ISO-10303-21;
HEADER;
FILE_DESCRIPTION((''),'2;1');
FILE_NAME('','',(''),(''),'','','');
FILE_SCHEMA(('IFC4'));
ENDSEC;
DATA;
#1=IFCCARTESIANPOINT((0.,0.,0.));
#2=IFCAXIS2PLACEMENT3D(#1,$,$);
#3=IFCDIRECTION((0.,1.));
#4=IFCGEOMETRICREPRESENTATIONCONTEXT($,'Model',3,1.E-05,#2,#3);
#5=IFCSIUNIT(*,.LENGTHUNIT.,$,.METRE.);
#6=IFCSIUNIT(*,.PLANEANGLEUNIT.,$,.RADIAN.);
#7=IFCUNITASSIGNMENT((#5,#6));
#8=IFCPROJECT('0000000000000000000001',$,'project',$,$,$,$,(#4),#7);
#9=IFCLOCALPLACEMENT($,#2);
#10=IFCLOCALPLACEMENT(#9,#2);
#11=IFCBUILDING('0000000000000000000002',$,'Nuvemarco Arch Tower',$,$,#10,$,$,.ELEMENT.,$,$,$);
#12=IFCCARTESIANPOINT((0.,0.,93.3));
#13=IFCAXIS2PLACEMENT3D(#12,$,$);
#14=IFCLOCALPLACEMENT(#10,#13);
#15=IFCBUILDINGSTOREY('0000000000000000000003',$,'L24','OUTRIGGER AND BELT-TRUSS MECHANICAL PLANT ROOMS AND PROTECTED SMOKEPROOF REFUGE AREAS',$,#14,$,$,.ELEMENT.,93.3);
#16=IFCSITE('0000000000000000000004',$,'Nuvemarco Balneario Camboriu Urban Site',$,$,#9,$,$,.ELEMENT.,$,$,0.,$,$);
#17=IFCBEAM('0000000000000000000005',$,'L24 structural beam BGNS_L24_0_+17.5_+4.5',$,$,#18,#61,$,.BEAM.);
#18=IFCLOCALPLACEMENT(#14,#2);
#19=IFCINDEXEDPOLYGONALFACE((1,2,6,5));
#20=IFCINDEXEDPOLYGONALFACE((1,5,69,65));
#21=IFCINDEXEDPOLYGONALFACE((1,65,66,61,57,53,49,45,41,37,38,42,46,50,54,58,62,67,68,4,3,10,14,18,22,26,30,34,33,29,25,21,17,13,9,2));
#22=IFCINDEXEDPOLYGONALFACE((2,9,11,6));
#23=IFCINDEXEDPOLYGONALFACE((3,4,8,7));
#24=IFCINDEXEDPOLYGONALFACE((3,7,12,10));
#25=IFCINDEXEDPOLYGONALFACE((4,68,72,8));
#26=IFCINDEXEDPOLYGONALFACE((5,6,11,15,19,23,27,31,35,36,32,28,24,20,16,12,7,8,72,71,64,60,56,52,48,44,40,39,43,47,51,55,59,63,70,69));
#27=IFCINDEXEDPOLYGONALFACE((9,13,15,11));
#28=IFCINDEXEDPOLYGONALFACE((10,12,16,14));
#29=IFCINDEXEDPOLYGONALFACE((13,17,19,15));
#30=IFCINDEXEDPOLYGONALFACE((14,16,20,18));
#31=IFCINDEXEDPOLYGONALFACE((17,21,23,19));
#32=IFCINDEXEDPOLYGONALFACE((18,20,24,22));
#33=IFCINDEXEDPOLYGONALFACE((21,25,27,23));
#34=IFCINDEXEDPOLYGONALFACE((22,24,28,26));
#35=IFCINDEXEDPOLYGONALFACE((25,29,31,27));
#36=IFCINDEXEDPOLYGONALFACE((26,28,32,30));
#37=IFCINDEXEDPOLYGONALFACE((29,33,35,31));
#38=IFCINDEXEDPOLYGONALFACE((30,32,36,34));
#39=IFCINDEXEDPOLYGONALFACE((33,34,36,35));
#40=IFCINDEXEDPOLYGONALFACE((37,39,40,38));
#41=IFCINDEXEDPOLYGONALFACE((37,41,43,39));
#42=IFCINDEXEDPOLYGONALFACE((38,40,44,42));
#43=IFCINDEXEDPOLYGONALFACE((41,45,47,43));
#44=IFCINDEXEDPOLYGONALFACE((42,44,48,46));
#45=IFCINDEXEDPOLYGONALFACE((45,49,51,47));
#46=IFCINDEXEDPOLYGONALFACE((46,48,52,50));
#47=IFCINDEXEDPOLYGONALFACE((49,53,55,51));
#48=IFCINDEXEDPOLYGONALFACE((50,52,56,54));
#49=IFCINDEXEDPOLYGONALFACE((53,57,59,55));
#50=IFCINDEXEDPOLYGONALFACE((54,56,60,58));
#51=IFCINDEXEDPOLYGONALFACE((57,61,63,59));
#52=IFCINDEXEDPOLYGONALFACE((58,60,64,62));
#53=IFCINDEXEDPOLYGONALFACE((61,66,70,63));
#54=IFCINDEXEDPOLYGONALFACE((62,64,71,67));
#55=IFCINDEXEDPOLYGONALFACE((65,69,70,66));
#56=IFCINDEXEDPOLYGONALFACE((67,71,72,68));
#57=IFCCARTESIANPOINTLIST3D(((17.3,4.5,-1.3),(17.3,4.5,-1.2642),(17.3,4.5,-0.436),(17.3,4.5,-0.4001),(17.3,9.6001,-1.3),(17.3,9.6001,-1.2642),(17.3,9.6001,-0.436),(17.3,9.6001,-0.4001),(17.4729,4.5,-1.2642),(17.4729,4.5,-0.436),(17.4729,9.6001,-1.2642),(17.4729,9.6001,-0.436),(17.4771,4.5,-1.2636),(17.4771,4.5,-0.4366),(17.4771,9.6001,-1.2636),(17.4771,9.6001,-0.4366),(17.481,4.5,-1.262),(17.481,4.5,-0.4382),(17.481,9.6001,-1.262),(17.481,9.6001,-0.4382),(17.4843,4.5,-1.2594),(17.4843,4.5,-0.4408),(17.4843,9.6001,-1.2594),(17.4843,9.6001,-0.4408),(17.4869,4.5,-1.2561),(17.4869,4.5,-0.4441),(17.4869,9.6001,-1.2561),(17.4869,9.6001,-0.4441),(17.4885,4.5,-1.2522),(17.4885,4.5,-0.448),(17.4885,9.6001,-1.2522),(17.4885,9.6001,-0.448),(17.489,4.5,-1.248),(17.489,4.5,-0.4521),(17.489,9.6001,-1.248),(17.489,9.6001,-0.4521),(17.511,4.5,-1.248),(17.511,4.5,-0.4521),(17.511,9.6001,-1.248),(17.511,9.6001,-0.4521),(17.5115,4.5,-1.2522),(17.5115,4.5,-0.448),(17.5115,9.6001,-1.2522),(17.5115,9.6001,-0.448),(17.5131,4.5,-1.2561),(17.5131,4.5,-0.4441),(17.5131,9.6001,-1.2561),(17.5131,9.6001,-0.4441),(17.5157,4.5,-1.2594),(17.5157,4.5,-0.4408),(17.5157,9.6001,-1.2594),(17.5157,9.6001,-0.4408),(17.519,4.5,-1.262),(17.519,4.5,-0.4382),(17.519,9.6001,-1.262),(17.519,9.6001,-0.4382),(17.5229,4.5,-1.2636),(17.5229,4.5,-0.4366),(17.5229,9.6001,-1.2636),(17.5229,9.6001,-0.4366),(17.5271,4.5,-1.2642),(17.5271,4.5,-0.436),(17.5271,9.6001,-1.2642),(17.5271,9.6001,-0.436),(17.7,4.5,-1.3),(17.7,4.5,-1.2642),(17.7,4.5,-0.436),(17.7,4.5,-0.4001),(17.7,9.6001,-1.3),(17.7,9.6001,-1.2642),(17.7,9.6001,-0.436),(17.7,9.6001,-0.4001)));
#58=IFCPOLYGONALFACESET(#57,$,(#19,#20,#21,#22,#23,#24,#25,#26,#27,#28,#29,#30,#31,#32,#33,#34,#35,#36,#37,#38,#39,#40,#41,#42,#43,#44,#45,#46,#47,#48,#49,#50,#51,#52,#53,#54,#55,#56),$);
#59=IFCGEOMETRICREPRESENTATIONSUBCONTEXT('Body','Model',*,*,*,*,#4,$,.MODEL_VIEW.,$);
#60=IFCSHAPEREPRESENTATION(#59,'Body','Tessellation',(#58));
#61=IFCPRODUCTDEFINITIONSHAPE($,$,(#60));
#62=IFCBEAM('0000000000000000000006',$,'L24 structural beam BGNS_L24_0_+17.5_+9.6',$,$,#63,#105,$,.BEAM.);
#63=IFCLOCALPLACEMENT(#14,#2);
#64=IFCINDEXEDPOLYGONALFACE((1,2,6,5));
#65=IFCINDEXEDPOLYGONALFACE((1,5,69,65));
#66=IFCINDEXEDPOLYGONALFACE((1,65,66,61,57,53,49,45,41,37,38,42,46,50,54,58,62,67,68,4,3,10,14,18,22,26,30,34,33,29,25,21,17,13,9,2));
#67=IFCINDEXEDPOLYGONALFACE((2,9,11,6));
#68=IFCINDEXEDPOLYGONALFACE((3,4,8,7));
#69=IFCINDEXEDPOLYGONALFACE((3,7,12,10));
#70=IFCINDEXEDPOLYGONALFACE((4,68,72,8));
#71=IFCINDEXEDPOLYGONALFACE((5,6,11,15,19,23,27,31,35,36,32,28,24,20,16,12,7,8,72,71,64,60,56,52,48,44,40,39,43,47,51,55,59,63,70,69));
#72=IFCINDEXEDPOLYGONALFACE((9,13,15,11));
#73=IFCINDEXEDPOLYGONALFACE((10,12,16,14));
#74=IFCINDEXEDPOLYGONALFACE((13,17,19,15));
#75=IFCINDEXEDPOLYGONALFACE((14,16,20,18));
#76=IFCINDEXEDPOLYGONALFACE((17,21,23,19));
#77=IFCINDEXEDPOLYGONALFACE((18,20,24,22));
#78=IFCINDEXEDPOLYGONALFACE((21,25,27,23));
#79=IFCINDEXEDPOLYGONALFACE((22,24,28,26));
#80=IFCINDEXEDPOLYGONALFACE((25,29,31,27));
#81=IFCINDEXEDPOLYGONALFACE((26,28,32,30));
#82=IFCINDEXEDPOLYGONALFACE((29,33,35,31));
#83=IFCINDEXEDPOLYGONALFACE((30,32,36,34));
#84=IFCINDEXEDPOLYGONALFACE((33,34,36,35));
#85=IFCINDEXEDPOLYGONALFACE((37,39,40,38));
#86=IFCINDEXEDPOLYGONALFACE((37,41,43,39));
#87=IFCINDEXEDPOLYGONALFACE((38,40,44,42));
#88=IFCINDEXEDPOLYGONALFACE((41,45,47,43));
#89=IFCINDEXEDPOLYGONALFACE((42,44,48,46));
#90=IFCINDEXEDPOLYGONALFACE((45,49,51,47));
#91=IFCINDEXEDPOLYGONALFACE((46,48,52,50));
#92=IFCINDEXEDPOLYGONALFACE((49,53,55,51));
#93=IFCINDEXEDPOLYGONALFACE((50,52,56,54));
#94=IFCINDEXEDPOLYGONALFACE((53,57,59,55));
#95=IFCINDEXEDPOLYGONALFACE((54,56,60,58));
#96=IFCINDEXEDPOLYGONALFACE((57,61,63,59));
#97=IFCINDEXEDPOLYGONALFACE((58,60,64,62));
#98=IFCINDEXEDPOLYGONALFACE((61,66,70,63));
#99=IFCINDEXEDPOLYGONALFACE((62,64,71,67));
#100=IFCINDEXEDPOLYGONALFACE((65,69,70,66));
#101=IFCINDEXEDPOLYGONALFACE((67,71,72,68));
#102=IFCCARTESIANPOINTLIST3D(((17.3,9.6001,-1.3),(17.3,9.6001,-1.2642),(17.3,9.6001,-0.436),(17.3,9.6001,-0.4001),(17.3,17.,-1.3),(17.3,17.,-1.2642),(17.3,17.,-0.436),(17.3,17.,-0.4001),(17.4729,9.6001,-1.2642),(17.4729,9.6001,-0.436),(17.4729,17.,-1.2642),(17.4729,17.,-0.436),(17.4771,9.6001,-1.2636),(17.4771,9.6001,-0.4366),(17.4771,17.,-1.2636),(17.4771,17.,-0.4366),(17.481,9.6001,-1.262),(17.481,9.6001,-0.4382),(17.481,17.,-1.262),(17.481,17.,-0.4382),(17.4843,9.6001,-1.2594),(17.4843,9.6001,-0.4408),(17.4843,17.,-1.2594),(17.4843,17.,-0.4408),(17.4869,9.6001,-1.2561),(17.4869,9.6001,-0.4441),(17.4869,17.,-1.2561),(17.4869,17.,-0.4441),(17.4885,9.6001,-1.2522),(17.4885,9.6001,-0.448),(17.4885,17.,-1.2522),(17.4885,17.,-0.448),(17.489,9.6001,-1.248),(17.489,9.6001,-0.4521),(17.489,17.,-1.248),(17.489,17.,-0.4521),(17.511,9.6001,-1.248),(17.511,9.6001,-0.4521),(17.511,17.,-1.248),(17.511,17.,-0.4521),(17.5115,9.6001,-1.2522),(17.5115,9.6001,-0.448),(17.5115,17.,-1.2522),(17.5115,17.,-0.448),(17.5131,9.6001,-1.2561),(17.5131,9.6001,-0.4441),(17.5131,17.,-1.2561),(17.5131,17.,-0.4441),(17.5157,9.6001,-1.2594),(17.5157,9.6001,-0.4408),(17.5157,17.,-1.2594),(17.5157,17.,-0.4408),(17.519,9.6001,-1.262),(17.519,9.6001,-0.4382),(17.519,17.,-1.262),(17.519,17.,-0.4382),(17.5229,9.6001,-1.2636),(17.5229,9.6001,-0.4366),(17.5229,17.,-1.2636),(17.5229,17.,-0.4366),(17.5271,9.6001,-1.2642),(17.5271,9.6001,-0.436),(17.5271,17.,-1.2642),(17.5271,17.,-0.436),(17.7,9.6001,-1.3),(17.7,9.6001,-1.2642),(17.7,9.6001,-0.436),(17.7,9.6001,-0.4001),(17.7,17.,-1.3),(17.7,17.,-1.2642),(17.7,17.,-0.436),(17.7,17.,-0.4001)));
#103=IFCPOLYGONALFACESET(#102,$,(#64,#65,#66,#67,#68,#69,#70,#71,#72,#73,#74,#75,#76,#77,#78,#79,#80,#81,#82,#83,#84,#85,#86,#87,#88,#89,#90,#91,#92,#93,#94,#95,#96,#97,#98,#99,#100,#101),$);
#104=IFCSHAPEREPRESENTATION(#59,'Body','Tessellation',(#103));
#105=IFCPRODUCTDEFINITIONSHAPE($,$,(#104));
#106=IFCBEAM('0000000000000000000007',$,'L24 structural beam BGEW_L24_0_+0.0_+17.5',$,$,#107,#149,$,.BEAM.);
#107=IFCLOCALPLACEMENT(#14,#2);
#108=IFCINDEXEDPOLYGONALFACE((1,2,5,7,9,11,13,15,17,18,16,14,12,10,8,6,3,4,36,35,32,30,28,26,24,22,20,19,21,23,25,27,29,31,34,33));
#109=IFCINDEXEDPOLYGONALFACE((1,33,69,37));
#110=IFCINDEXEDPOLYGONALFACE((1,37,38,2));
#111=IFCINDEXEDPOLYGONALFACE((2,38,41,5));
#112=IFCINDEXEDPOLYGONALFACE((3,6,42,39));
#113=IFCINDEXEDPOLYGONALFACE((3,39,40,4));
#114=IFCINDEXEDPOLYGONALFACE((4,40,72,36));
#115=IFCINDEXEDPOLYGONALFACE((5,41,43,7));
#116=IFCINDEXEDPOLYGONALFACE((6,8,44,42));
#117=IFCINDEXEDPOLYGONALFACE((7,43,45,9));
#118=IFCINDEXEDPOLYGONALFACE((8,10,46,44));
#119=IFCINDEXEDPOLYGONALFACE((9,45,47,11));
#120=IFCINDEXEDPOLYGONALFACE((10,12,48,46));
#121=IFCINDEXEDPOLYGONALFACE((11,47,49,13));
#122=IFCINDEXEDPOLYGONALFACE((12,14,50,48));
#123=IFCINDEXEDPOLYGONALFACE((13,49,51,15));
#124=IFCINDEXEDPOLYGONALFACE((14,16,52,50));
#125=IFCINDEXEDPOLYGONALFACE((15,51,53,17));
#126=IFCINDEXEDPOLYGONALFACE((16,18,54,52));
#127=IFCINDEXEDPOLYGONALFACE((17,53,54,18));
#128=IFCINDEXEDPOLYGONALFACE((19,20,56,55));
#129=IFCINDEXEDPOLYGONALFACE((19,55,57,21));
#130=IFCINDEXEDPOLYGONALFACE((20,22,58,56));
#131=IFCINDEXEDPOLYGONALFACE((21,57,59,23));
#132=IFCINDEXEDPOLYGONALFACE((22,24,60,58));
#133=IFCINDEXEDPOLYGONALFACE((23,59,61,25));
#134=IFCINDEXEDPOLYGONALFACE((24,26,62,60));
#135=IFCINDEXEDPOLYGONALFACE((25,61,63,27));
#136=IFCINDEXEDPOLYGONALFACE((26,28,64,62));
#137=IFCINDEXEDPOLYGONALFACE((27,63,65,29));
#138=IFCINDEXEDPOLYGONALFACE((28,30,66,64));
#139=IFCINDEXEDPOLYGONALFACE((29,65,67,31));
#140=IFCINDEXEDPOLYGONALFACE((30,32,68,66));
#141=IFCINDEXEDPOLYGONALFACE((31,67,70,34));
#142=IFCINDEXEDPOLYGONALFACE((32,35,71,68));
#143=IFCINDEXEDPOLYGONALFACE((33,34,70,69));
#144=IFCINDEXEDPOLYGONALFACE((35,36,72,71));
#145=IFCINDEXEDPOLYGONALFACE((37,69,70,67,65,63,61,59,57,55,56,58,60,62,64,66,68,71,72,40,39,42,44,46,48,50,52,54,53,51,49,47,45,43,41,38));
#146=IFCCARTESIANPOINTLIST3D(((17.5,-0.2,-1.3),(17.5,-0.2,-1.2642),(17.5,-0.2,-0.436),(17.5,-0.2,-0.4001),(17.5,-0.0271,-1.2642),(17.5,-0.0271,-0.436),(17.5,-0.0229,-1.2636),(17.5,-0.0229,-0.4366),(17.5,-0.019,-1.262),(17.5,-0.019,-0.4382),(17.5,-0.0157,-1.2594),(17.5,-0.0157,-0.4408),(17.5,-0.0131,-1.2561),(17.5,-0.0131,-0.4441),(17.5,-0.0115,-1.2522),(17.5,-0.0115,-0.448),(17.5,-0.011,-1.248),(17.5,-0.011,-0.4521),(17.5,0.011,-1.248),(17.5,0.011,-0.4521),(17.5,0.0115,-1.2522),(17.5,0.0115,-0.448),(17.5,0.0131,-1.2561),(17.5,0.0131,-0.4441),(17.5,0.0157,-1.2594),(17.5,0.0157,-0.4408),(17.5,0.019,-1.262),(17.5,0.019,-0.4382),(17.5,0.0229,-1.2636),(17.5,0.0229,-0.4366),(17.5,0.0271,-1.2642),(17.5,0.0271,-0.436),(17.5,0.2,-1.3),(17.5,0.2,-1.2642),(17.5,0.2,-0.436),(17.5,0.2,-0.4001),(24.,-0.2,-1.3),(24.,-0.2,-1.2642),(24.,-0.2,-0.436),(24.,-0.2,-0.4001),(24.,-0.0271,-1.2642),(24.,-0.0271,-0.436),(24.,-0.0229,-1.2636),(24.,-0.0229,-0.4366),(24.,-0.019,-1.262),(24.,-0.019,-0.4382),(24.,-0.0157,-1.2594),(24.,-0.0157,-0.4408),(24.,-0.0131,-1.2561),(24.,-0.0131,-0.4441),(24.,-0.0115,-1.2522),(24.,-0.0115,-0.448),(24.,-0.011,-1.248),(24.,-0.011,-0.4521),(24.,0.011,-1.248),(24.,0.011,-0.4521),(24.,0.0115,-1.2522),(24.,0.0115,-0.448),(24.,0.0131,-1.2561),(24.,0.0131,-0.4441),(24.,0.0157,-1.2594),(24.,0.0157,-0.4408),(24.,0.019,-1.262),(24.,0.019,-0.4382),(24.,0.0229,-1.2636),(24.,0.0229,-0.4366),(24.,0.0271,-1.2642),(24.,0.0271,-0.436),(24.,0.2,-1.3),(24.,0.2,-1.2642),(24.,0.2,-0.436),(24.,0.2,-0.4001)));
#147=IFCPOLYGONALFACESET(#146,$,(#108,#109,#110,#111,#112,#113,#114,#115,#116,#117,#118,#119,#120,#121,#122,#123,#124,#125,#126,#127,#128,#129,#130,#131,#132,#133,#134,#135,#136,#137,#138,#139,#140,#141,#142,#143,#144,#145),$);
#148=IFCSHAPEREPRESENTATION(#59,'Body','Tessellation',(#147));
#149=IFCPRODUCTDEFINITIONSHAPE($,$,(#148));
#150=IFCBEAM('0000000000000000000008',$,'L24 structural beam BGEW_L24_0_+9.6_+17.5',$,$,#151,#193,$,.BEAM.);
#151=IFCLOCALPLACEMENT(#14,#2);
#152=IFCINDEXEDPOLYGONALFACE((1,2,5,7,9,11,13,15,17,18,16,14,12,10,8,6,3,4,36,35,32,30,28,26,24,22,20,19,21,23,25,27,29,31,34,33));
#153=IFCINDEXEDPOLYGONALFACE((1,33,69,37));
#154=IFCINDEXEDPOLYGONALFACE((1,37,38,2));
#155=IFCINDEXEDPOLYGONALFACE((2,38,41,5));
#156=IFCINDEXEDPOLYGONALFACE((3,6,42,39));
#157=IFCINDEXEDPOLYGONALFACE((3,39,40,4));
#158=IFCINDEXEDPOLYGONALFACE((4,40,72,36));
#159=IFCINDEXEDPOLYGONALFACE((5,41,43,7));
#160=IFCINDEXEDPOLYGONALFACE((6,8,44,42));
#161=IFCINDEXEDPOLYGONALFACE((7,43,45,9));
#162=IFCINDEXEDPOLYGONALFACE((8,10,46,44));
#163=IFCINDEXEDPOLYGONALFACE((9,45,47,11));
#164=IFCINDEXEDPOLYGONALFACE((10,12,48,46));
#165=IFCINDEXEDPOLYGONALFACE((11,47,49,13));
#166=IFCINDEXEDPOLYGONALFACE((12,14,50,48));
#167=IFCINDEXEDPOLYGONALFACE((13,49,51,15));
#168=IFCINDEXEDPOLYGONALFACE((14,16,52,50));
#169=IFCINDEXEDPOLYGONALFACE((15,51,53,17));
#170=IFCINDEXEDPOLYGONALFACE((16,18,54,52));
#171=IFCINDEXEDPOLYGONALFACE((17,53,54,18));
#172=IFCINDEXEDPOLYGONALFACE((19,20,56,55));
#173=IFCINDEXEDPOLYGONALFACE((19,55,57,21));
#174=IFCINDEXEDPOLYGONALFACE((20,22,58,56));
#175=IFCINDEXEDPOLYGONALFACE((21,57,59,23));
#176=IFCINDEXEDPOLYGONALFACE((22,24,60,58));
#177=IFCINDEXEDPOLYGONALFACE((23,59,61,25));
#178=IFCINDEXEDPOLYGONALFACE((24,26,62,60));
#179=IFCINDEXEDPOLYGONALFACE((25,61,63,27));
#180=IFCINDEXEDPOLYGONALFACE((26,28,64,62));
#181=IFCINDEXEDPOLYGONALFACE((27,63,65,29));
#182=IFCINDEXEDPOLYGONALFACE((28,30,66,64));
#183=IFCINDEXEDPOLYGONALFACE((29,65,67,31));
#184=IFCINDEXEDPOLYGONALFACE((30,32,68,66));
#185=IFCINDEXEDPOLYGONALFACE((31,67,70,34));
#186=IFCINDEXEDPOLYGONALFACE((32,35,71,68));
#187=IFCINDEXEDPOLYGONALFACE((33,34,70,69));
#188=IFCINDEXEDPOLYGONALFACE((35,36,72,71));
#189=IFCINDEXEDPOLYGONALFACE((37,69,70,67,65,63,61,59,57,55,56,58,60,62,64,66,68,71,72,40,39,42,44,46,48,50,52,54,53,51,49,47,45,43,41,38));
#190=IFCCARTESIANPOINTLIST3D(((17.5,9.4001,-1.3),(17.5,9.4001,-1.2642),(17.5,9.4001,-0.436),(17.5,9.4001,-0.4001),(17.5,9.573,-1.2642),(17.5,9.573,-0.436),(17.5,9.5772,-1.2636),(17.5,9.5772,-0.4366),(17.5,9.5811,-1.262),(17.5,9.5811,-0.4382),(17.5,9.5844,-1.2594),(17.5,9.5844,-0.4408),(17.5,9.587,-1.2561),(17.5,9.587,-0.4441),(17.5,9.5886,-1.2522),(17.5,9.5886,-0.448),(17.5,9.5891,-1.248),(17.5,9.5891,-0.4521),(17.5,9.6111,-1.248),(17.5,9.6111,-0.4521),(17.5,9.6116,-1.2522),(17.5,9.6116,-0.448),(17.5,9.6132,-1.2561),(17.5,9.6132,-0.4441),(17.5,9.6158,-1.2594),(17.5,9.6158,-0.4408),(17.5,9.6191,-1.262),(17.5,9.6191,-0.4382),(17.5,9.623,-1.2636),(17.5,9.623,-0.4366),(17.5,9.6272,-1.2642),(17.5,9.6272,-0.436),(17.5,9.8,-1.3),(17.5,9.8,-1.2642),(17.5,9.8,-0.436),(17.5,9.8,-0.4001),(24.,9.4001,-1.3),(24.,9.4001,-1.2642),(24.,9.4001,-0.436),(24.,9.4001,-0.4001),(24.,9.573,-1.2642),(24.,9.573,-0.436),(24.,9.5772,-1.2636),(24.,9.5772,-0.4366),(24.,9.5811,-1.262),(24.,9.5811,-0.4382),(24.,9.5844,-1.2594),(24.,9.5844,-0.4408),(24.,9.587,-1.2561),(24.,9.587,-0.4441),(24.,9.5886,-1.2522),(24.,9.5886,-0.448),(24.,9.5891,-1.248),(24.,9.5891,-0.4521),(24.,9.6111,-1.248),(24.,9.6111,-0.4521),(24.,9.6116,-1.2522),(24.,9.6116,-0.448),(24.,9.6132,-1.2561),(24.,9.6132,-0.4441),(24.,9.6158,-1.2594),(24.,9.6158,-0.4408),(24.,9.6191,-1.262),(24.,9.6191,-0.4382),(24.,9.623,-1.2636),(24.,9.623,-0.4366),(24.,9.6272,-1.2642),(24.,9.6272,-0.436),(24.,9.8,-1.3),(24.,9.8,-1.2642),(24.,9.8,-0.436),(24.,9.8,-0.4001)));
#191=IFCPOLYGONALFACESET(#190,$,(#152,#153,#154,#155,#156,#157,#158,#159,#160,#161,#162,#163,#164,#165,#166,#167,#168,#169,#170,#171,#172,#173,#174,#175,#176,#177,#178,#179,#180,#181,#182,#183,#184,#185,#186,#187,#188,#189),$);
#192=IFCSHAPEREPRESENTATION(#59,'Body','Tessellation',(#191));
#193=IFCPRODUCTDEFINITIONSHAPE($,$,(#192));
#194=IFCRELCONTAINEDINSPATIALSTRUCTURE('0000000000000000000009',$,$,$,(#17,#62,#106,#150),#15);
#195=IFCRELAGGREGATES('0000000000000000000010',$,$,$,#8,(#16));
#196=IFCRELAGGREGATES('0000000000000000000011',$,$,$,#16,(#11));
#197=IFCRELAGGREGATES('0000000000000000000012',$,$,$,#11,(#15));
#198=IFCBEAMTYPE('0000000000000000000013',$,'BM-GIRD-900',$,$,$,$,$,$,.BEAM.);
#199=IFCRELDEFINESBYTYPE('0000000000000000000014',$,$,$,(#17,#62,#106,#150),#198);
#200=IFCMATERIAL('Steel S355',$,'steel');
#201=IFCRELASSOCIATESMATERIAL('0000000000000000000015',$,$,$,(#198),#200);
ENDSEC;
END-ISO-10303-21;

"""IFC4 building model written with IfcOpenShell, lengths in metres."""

from ifc_helpers import new_model, si_unit, direction, frame, origin, origin_2d, place, context, subcontext, project, spatial, i_section, extrude, material, material_profile, profile_set, type_object, element, save


model = new_model("IFC4")

# Units and contexts
model_context = context("Model", 3, precision=1e-05, world=origin(), true_north=direction((0.0, 1.0)))
body_context = subcontext(model_context, "Body", "Model", "MODEL_VIEW")
ifc_project = project(units=[si_unit("LENGTHUNIT", "METRE"), si_unit("PLANEANGLEUNIT", "RADIAN")], contexts=[model_context])

# Site, building, storey
site_placement = place(None, origin())
site = spatial("IfcSite", under=ifc_project, at=site_placement, Name="Nuvemarco Balneario Camboriu Urban Site", CompositionType="ELEMENT", RefElevation=0.0)
building_placement = place(site_placement, origin())
building = spatial("IfcBuilding", under=site, at=building_placement, Name="Nuvemarco Arch Tower", CompositionType="ELEMENT")
storey_placement = place(building_placement, frame((0.0, 0.0, 93.3)))
storey = spatial("IfcBuildingStorey", under=building, at=storey_placement, Name="L24", Description="OUTRIGGER AND BELT-TRUSS MECHANICAL PLANT ROOMS AND PROTECTED SMOKEPROOF REFUGE AREAS", CompositionType="ELEMENT", Elevation=93.3)

# Shared definitions
ifc_material_1 = material(Name="Steel S355", Category="steel")

# Beams
ifc_material_profile_1 = material_profile(ifc_material_1, i_section(OverallWidth=0.3999, OverallDepth=0.8999, WebThickness=0.022, FlangeThickness=0.0359, FilletRadius=0.0161, at=origin_2d()), Name="PG900x400")
ifc_profile_set_1 = profile_set([ifc_material_profile_1], Name="Steel S355")
beam_type_1 = type_object("IfcBeamType", Name="BM-GIRD-900", PredefinedType="BEAM", material=ifc_profile_set_1)
beam_1_placement = place(storey_placement, frame((17.5, 4.5, -0.8501), z_axis=(0.0, 1.0, 0.0), x_axis=(-1.0, 0.0, 0.0)))
element("IfcBeam", 1, at=beam_1_placement, inside=storey, type_object=beam_type_1, Name="L24 structural beam BGNS_L24_0_+17.5_+4.5", PredefinedType="BEAM", context=body_context, shape_type="SweptSolid", body=[
    extrude(i_section(OverallWidth=0.3999, OverallDepth=0.8999, WebThickness=0.022, FlangeThickness=0.0359, FilletRadius=0.0161, at=origin_2d()), origin(), (0.0, 0.0, 1.0), 5.1001),
])
beam_2_placement = place(storey_placement, frame((17.5, 9.6001, -0.8501), z_axis=(0.0, 1.0, 0.0), x_axis=(-1.0, 0.0, 0.0)))
element("IfcBeam", 2, at=beam_2_placement, inside=storey, type_object=beam_type_1, Name="L24 structural beam BGNS_L24_0_+17.5_+9.6", PredefinedType="BEAM", context=body_context, shape_type="SweptSolid", body=[
    extrude(i_section(OverallWidth=0.3999, OverallDepth=0.8999, WebThickness=0.022, FlangeThickness=0.0359, FilletRadius=0.0161, at=origin_2d()), origin(), (0.0, 0.0, 1.0), 7.3999),
])
for number, where, z_axis, x_axis, name in (
    (3, (17.5, 0.0, -0.8501), (1.0, 0.0, 0.0), (0.0, 1.0, 0.0), "L24 structural beam BGEW_L24_0_+0.0_+17.5"),
    (4, (17.5, 9.6001, -0.8501), (1.0, 0.0, 0.0), (0.0, 1.0, 0.0), "L24 structural beam BGEW_L24_0_+9.6_+17.5"),
):
    element("IfcBeam", number, at=place(storey_placement, frame(where, z_axis=z_axis, x_axis=x_axis)), inside=storey, type_object=beam_type_1, Name=name, PredefinedType="BEAM", context=body_context, shape_type="SweptSolid", body=[
        extrude(i_section(OverallWidth=0.3999, OverallDepth=0.8999, WebThickness=0.022, FlangeThickness=0.0359, FilletRadius=0.0161, at=origin_2d()), origin(), (0.0, 0.0, 1.0), 6.5),
    ])

save(model, "model.ifc")
